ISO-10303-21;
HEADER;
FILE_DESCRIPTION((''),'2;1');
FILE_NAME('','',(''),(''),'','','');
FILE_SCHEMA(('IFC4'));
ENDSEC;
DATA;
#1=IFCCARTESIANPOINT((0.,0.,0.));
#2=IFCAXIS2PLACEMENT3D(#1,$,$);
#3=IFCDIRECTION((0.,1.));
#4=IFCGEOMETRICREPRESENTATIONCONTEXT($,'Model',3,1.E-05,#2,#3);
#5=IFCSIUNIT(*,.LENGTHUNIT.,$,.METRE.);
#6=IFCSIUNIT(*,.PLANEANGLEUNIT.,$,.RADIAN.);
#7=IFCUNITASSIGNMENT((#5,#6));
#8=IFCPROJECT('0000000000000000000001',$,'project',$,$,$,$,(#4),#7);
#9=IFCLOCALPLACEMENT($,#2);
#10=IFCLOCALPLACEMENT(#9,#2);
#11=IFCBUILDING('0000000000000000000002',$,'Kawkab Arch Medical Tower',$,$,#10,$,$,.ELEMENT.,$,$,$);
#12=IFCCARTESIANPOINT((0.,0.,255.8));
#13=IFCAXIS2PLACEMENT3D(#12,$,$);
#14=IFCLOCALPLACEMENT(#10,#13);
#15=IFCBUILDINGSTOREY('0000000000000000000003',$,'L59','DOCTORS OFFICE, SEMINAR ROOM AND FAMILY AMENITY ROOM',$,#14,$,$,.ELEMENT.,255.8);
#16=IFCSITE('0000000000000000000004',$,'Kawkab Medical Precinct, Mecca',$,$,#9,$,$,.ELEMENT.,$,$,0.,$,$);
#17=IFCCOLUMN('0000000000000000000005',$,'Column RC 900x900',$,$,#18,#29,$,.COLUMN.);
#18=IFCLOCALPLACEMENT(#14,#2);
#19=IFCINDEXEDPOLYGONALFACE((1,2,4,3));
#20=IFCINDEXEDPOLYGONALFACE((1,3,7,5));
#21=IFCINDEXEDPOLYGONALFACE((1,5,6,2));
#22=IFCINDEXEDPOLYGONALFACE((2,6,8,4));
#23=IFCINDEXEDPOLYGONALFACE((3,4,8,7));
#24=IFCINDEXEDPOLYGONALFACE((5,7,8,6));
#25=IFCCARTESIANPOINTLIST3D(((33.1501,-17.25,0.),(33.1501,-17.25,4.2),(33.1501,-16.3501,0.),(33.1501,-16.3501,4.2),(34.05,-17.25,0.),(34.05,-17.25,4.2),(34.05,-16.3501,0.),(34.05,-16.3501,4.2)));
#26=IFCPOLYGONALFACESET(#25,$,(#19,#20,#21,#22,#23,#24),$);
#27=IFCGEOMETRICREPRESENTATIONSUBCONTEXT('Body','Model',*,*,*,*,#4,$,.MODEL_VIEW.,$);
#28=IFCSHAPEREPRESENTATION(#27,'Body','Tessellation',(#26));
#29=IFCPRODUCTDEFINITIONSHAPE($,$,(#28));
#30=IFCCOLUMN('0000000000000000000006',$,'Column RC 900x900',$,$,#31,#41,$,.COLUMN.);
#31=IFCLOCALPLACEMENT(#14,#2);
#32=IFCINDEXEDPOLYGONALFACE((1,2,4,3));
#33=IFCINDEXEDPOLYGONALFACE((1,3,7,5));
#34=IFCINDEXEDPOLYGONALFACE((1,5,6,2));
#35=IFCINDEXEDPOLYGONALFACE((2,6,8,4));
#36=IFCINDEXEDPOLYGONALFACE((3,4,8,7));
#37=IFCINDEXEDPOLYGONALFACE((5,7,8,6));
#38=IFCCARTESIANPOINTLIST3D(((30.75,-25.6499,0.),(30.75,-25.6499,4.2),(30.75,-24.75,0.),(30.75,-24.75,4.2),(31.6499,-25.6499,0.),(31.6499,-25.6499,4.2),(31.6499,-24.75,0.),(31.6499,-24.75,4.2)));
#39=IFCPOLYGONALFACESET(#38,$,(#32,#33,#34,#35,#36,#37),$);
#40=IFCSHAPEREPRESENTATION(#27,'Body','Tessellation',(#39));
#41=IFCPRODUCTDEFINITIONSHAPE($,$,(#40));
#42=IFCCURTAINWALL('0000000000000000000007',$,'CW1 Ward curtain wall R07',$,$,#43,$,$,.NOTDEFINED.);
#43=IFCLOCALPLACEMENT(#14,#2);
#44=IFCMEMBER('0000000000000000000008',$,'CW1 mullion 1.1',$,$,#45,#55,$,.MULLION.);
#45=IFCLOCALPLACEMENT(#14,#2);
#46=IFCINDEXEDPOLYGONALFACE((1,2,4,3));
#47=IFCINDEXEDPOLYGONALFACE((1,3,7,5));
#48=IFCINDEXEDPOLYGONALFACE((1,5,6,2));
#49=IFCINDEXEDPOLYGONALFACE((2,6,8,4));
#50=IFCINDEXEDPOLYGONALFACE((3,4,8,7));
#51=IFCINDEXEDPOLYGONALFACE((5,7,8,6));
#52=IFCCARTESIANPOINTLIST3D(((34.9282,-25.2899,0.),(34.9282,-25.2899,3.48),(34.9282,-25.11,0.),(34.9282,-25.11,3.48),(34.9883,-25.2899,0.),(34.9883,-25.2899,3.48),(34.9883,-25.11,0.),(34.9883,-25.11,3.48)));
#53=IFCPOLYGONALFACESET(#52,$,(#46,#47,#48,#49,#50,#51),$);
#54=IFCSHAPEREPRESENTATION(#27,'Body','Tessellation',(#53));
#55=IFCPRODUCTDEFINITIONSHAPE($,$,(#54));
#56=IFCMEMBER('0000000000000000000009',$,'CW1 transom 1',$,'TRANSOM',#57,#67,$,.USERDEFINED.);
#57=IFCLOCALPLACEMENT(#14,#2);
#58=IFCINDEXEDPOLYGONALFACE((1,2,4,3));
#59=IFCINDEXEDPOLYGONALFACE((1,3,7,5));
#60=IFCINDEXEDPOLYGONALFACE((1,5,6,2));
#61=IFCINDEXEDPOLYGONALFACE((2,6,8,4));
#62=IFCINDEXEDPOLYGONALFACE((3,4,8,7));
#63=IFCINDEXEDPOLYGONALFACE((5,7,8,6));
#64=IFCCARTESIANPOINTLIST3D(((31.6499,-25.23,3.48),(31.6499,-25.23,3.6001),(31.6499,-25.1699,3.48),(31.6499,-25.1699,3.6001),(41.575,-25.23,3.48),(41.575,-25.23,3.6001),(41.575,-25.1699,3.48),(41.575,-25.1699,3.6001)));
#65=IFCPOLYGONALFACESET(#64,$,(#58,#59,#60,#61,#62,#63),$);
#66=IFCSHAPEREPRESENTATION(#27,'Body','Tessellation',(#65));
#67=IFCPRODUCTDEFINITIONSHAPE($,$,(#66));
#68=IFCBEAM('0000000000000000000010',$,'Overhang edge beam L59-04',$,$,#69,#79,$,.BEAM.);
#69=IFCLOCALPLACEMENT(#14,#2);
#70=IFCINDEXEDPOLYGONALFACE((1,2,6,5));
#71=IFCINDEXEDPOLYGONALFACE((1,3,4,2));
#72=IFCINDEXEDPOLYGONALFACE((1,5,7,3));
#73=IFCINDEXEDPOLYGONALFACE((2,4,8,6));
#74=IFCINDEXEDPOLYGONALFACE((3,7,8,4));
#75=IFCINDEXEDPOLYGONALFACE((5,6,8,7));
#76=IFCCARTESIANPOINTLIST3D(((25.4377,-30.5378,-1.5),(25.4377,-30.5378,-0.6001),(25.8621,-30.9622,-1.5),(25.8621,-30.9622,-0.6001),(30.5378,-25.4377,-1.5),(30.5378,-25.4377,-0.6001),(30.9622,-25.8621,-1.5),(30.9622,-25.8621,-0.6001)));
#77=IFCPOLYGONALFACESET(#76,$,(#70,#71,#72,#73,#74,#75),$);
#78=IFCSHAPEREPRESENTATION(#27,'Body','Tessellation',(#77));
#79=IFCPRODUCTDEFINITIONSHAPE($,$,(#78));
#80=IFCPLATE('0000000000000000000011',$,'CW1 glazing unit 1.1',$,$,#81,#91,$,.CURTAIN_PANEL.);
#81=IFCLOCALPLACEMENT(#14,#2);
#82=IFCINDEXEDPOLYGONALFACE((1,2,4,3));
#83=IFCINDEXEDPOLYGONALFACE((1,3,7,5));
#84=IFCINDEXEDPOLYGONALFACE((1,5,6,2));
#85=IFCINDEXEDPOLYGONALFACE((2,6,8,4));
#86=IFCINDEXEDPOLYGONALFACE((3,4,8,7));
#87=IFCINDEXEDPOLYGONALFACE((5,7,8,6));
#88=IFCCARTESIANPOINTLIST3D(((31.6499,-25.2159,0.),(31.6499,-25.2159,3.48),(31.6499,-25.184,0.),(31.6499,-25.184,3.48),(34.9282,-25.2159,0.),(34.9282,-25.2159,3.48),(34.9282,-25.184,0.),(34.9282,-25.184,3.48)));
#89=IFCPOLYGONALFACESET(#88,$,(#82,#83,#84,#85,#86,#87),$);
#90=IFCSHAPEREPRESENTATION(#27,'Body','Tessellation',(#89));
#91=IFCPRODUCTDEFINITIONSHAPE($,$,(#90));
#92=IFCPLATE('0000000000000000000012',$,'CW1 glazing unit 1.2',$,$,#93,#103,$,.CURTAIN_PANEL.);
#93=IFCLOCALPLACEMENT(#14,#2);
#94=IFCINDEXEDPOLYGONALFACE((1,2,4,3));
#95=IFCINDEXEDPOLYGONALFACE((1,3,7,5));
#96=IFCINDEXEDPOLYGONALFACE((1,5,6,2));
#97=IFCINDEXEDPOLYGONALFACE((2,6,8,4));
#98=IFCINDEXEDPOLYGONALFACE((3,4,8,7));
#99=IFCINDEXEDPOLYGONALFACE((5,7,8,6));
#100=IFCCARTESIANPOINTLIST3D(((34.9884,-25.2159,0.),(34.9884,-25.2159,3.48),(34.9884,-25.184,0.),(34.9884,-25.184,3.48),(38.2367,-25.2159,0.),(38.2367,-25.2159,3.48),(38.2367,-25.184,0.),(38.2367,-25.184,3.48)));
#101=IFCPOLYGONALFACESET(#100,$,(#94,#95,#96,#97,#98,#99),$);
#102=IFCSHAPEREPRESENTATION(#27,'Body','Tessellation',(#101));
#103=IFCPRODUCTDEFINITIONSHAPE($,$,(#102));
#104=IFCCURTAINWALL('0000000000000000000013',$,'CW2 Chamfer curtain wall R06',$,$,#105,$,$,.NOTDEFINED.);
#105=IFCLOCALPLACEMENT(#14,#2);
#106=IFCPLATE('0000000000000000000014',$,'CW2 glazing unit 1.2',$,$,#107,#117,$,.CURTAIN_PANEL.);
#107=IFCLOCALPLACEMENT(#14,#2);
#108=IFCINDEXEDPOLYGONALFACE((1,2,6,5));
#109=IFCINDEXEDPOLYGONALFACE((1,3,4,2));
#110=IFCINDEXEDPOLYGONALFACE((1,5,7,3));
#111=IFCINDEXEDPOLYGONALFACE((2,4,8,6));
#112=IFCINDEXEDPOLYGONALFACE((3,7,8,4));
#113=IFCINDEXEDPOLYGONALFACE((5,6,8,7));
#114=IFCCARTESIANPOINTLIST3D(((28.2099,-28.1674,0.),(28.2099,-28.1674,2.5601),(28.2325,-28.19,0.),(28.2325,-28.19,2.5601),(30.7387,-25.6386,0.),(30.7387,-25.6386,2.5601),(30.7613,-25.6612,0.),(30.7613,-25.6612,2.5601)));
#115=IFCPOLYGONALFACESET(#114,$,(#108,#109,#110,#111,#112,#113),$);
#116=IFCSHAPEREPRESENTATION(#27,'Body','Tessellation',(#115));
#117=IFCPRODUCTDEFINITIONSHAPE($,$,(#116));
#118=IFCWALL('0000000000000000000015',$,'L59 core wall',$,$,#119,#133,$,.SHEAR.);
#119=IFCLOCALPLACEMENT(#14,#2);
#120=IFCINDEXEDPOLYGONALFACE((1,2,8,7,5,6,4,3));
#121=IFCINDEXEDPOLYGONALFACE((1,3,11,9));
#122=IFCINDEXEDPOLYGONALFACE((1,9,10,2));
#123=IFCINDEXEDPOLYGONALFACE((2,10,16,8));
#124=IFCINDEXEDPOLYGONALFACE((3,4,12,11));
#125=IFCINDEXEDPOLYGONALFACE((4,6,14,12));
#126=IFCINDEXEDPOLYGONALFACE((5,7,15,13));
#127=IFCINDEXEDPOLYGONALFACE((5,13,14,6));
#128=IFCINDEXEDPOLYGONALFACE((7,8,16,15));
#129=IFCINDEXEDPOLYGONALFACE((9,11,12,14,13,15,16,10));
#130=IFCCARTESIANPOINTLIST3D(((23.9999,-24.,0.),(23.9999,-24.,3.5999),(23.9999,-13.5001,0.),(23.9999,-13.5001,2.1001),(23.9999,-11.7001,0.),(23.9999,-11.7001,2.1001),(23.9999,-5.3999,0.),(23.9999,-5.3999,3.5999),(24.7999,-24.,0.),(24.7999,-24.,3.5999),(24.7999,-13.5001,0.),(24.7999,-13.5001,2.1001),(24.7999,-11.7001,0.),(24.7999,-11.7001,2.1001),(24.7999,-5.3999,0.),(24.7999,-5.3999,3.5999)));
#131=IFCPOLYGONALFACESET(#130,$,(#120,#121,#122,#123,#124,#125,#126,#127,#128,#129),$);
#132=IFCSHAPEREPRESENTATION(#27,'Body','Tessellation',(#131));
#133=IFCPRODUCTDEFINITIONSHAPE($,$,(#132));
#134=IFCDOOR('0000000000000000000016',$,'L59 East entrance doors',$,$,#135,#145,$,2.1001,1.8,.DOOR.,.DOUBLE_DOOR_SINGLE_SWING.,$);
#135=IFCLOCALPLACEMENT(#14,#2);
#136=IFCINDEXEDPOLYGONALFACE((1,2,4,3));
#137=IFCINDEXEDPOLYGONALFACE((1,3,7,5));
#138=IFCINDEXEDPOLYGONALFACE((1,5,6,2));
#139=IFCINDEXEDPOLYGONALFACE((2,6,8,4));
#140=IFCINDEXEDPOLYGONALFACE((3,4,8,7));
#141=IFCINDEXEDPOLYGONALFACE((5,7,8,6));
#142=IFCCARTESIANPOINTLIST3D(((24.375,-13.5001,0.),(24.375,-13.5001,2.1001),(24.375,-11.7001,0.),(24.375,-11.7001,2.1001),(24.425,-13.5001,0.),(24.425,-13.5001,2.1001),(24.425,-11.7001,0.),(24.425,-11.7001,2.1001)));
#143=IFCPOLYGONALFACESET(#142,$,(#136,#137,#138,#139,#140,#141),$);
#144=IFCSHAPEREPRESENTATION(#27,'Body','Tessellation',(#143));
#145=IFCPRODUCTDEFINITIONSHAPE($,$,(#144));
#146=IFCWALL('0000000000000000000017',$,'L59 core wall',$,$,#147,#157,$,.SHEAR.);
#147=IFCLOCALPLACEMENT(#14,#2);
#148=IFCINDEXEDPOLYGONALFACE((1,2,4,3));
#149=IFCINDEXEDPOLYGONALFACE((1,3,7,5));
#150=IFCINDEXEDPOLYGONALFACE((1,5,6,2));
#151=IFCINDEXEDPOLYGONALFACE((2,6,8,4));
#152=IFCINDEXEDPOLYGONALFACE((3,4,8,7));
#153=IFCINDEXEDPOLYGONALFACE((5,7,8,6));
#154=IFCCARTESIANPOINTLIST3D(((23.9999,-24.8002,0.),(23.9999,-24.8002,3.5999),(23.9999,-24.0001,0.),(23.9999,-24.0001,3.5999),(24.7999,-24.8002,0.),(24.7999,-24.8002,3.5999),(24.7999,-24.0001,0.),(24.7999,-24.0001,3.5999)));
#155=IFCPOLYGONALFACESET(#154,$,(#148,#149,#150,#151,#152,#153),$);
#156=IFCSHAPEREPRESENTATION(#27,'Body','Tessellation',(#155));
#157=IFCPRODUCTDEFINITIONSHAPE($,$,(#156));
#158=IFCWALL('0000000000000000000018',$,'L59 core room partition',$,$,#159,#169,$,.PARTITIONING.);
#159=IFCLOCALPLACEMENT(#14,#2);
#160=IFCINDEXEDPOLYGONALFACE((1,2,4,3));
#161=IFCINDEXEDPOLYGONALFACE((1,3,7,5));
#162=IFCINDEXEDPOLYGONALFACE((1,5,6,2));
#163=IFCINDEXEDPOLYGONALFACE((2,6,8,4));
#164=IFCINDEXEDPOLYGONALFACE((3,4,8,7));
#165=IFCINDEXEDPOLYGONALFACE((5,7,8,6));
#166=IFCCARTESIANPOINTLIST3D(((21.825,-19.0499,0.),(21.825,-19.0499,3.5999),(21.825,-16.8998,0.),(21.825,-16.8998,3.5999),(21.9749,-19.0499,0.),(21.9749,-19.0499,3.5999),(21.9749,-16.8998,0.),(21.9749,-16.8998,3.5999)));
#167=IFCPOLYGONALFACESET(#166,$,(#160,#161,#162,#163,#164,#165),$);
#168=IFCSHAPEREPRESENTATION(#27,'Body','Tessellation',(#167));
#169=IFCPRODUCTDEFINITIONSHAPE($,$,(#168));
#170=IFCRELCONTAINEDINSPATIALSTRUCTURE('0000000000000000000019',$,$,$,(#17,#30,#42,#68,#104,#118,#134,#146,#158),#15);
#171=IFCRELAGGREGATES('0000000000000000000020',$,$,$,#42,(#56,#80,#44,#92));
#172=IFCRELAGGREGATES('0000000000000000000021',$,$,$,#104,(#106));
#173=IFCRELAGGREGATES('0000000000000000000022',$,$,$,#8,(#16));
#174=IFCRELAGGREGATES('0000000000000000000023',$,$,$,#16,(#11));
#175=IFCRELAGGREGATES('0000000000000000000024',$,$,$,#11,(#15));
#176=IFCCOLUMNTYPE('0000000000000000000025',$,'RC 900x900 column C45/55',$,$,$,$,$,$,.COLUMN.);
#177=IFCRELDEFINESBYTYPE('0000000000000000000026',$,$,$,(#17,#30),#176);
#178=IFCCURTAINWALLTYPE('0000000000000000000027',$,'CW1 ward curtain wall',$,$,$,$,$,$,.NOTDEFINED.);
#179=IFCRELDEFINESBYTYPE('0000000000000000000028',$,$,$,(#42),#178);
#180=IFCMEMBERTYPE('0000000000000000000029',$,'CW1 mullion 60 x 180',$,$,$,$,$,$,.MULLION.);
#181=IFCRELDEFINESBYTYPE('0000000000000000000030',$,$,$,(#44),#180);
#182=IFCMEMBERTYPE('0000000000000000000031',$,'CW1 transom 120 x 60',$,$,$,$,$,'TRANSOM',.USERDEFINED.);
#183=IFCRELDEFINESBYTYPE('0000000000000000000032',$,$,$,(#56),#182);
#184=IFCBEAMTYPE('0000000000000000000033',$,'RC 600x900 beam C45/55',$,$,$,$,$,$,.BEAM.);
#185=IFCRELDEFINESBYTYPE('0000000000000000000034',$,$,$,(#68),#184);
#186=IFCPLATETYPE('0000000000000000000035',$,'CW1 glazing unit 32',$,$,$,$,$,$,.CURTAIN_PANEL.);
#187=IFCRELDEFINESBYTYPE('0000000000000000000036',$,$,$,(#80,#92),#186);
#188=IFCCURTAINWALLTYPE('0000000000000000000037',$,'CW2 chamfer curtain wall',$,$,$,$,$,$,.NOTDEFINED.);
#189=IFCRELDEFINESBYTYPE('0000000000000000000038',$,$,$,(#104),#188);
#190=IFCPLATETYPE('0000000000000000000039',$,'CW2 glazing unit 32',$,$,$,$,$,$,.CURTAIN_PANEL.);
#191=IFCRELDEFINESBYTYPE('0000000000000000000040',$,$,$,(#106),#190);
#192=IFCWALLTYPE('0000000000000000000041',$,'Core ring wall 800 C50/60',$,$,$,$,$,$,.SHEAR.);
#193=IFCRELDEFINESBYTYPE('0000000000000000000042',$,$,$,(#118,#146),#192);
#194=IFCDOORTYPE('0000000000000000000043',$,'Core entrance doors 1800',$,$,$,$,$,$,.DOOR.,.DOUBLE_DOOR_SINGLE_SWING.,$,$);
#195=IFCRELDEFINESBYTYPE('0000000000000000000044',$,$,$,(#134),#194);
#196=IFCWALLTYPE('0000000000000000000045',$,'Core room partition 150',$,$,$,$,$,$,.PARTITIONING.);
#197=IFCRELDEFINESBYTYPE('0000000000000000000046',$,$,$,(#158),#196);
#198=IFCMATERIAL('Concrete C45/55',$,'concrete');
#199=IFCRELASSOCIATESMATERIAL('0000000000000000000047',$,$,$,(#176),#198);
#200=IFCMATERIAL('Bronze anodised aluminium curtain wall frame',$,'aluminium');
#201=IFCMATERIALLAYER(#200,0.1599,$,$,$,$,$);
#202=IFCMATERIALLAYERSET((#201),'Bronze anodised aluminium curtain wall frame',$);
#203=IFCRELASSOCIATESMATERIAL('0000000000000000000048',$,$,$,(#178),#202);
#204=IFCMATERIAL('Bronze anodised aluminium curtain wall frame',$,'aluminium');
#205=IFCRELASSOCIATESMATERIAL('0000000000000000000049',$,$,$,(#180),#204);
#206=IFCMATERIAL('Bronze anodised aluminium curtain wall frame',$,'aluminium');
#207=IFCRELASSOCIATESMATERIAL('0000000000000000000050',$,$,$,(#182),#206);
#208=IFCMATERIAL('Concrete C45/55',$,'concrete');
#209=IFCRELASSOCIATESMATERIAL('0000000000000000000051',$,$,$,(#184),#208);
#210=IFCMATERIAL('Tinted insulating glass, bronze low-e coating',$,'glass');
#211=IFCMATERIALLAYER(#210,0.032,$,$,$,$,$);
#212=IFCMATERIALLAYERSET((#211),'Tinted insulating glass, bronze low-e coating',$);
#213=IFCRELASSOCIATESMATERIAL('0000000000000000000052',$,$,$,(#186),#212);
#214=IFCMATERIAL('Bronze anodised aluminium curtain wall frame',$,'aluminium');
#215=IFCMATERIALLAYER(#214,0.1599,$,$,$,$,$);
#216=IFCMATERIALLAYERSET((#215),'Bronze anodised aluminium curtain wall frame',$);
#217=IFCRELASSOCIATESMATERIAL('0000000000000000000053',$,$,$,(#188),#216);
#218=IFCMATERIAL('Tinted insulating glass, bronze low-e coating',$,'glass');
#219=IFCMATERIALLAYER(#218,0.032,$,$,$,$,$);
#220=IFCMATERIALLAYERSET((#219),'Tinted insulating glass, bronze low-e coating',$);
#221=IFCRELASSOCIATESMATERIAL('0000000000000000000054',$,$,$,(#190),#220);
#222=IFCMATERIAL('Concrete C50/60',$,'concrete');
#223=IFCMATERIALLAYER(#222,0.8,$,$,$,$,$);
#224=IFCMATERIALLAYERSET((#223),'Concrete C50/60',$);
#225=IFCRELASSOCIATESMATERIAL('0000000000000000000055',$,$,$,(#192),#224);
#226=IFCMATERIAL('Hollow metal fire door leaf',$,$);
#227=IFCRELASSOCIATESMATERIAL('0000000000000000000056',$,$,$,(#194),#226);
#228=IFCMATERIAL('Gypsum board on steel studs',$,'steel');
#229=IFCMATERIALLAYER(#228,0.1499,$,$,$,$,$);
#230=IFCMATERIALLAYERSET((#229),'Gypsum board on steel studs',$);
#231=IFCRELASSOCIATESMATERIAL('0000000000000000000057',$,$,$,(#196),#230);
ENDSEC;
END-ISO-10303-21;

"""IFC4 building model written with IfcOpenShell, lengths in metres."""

from ifc_helpers import new_model, si_unit, direction, frame, frame_2d, origin, origin_2d, place, context, subcontext, project, spatial, rectangle, extrude, material, layer, layer_set, material_profile, profile_set, type_object, element, fill, aggregate, save


model = new_model("IFC4")

# Units and contexts
model_context = context("Model", 3, precision=1e-05, world=origin(), true_north=direction((0.0, 1.0)))
body_context = subcontext(model_context, "Body", "Model", "MODEL_VIEW")
ifc_project = project(units=[si_unit("LENGTHUNIT", "METRE"), si_unit("PLANEANGLEUNIT", "RADIAN")], contexts=[model_context])

# Site, building, storey
site_placement = place(None, origin())
site = spatial("IfcSite", under=ifc_project, at=site_placement, Name="Kawkab Medical Precinct, Mecca", CompositionType="ELEMENT", RefElevation=0.0)
building_placement = place(site_placement, origin())
building = spatial("IfcBuilding", under=site, at=building_placement, Name="Kawkab Arch Medical Tower", CompositionType="ELEMENT")
storey_placement = place(building_placement, frame((0.0, 0.0, 255.8)))
storey = spatial("IfcBuildingStorey", under=building, at=storey_placement, Name="L59", Description="DOCTORS OFFICE, SEMINAR ROOM AND FAMILY AMENITY ROOM", CompositionType="ELEMENT", Elevation=255.8)

# Columns
ifc_material_1 = material(Name="Concrete C45/55", Category="concrete")
ifc_material_profile_1 = material_profile(ifc_material_1, rectangle(XDim=0.8999, YDim=0.8999, at=origin_2d()), Name="RC 900x900")
ifc_profile_set_1 = profile_set([ifc_material_profile_1], Name="Concrete C45/55")
column_type = type_object("IfcColumnType", Name="RC 900x900 column C45/55", PredefinedType="COLUMN", material=ifc_profile_set_1)
for number, where, z_axis, x_axis, name in (
    (1, (33.6001, -16.8, 0.0), (0.0, 0.0, 1.0), (1.0, 0.0, 0.0), "Column RC 900x900"),
    (2, (31.2, -25.2, 0.0), (0.0, 0.0, 1.0), (1.0, 0.0, 0.0), "Column RC 900x900"),
):
    element("IfcColumn", number, at=place(storey_placement, frame(where, z_axis=z_axis, x_axis=x_axis)), inside=storey, type_object=column_type, Name=name, PredefinedType="COLUMN", context=body_context, shape_type="SweptSolid", body=[
        extrude(rectangle(XDim=0.8999, YDim=0.8999, at=origin_2d()), origin(), (0.0, 0.0, 1.0), 4.2),
    ])

# Curtain wall, members
ifc_material_2 = material(Name="Bronze anodised aluminium curtain wall frame", Category="aluminium")
ifc_layer_1 = layer(ifc_material_2, 0.1599)
ifc_layer_set_1 = layer_set([ifc_layer_1], Name="Bronze anodised aluminium curtain wall frame")
curtain_wall_type_1 = type_object("IfcCurtainWallType", Name="CW1 ward curtain wall", PredefinedType="NOTDEFINED", material=ifc_layer_set_1)
placement = place(storey_placement, origin())
curtain_wall_1 = element("IfcCurtainWall", 3, at=placement, inside=storey, type_object=curtain_wall_type_1, Name="CW1 Ward curtain wall R07", PredefinedType="NOTDEFINED")
ifc_material_3 = material(Name="Bronze anodised aluminium curtain wall frame", Category="aluminium")
ifc_material_profile_2 = material_profile(ifc_material_3, rectangle(XDim=0.1799, YDim=0.0601, at=origin_2d()), Name="AL 60x180")
ifc_profile_set_2 = profile_set([ifc_material_profile_2], Name="Bronze anodised aluminium curtain wall frame")
member_type_1 = type_object("IfcMemberType", Name="CW1 mullion 60 x 180", PredefinedType="MULLION", material=ifc_profile_set_2)
member_1_placement = place(storey_placement, frame((34.9583, -25.2, 0.0), z_axis=(0.0, 0.0, 1.0), x_axis=(0.0, 1.0, 0.0)))
member_1 = element("IfcMember", 4, at=member_1_placement, type_object=member_type_1, Name="CW1 mullion 1.1", PredefinedType="MULLION", context=body_context, shape_type="SweptSolid", body=[
    extrude(rectangle(XDim=0.1799, YDim=0.0601, at=origin_2d()), origin(), (0.0, 0.0, 1.0), 3.48),
])
ifc_material_4 = material(Name="Bronze anodised aluminium curtain wall frame", Category="aluminium")
ifc_material_profile_3 = material_profile(ifc_material_4, rectangle(XDim=0.0601, YDim=0.1201, at=origin_2d()), Name="AL 60x120")
ifc_profile_set_3 = profile_set([ifc_material_profile_3], Name="Bronze anodised aluminium curtain wall frame")
member_type_2 = type_object("IfcMemberType", Name="CW1 transom 120 x 60", ElementType="TRANSOM", PredefinedType="USERDEFINED", material=ifc_profile_set_3)
member_2_placement = place(storey_placement, frame((31.6499, -25.2, 3.54), z_axis=(1.0, 0.0, 0.0), x_axis=(0.0, 1.0, 0.0)))
member_2 = element("IfcMember", 5, at=member_2_placement, type_object=member_type_2, Name="CW1 transom 1", ObjectType="TRANSOM", PredefinedType="USERDEFINED", context=body_context, shape_type="SweptSolid", body=[
    extrude(rectangle(XDim=0.0601, YDim=0.1201, at=origin_2d()), origin(), (0.0, 0.0, 1.0), 9.925),
])

# Beam
ifc_material_5 = material(Name="Concrete C45/55", Category="concrete")
ifc_material_profile_4 = material_profile(ifc_material_5, rectangle(XDim=0.6001, YDim=0.8999, at=origin_2d()), Name="RC 600x900")
ifc_profile_set_4 = profile_set([ifc_material_profile_4], Name="Concrete C45/55")
beam_type = type_object("IfcBeamType", Name="RC 600x900 beam C45/55", PredefinedType="BEAM", material=ifc_profile_set_4)
beam_placement = place(storey_placement, frame((30.75, -25.6499, -1.05), z_axis=(-0.707107, -0.707107, 0.0), x_axis=(0.707107, -0.707107, 0.0)))
element("IfcBeam", 6, at=beam_placement, inside=storey, type_object=beam_type, Name="Overhang edge beam L59-04", PredefinedType="BEAM", context=body_context, shape_type="SweptSolid", body=[
    extrude(rectangle(XDim=0.6001, YDim=0.8999, at=origin_2d()), origin(), (0.0, 0.0, 1.0), 7.2126),
])

# Plates
ifc_material_6 = material(Name="Tinted insulating glass, bronze low-e coating", Category="glass")
ifc_layer_2 = layer(ifc_material_6, 0.032)
ifc_layer_set_2 = layer_set([ifc_layer_2], Name="Tinted insulating glass, bronze low-e coating")
plate_type_1 = type_object("IfcPlateType", Name="CW1 glazing unit 32", PredefinedType="CURTAIN_PANEL", material=ifc_layer_set_2)
plate_1_placement = place(storey_placement, frame((33.2891, -25.2, 0.0), z_axis=(0.0, 0.0, 1.0), x_axis=(1.0, 0.0, 0.0)))
plate_1 = element("IfcPlate", 7, at=plate_1_placement, type_object=plate_type_1, Name="CW1 glazing unit 1.1", PredefinedType="CURTAIN_PANEL", context=body_context, shape_type="SweptSolid", body=[
    extrude(rectangle(XDim=3.2783, YDim=0.032, at=origin_2d()), origin(), (0.0, 0.0, 1.0), 3.48),
])
plate_2_placement = place(storey_placement, frame((36.6125, -25.2, 0.0), z_axis=(0.0, 0.0, 1.0), x_axis=(1.0, 0.0, 0.0)))
plate_2 = element("IfcPlate", 8, at=plate_2_placement, type_object=plate_type_1, Name="CW1 glazing unit 1.2", PredefinedType="CURTAIN_PANEL", context=body_context, shape_type="SweptSolid", body=[
    extrude(rectangle(XDim=3.2483, YDim=0.032, at=origin_2d()), origin(), (0.0, 0.0, 1.0), 3.48),
])
aggregate(curtain_wall_1, [member_2, plate_1, member_1, plate_2])

# Curtain wall, plate
ifc_material_7 = material(Name="Bronze anodised aluminium curtain wall frame", Category="aluminium")
ifc_layer_3 = layer(ifc_material_7, 0.1599)
ifc_layer_set_3 = layer_set([ifc_layer_3], Name="Bronze anodised aluminium curtain wall frame")
curtain_wall_type_2 = type_object("IfcCurtainWallType", Name="CW2 chamfer curtain wall", PredefinedType="NOTDEFINED", material=ifc_layer_set_3)
curtain_wall_2 = element("IfcCurtainWall", 9, at=placement, inside=storey, type_object=curtain_wall_type_2, Name="CW2 Chamfer curtain wall R06", PredefinedType="NOTDEFINED")
ifc_material_8 = material(Name="Tinted insulating glass, bronze low-e coating", Category="glass")
ifc_layer_4 = layer(ifc_material_8, 0.032)
ifc_layer_set_4 = layer_set([ifc_layer_4], Name="Tinted insulating glass, bronze low-e coating")
plate_type_2 = type_object("IfcPlateType", Name="CW2 glazing unit 32", PredefinedType="CURTAIN_PANEL", material=ifc_layer_set_4)
plate_3_placement = place(storey_placement, frame((29.4856, -26.9143, 0.0), z_axis=(0.0, 0.0, 1.0), x_axis=(0.707107, 0.707107, 0.0)))
plate_3 = element("IfcPlate", 10, at=plate_3_placement, type_object=plate_type_2, Name="CW2 glazing unit 1.2", PredefinedType="CURTAIN_PANEL", context=body_context, shape_type="SweptSolid", body=[
    extrude(rectangle(XDim=3.5762, YDim=0.032, at=origin_2d()), origin(), (0.0, 0.0, 1.0), 2.5601),
])
aggregate(curtain_wall_2, [plate_3])

# Wall, opening, door
ifc_material_9 = material(Name="Concrete C50/60", Category="concrete")
ifc_layer_5 = layer(ifc_material_9, 0.8)
ifc_layer_set_5 = layer_set([ifc_layer_5], Name="Concrete C50/60")
wall_type_1 = type_object("IfcWallType", Name="Core ring wall 800 C50/60", PredefinedType="SHEAR", material=ifc_layer_set_5)
wall_1_placement = place(storey_placement, frame((24.3999, -24.0, 0.0), z_axis=(0.0, 0.0, 1.0), x_axis=(0.0, 1.0, 0.0)))
wall_1 = element("IfcWall", 11, at=wall_1_placement, inside=storey, type_object=wall_type_1, Name="L59 core wall", PredefinedType="SHEAR", context=body_context, shape_type="SweptSolid", body=[
    extrude(rectangle(XDim=18.6001, YDim=0.8, at=frame_2d((9.3, 0.0))), origin(), (0.0, 0.0, 1.0), 3.5999),
])
opening_1_placement = place(wall_1_placement, frame((10.5, 0.0, 0.0)))
opening_1 = element("IfcOpeningElement", 12, at=opening_1_placement, cuts=wall_1, PredefinedType="OPENING", context=body_context, shape_type="SweptSolid", body=[
    extrude(rectangle(XDim=1.8, YDim=2.1001, at=frame_2d((0.8999, 1.05))), frame((0.0, 0.4099, 0.0), z_axis=(0.0, -1.0, 0.0), x_axis=(1.0, 0.0, 0.0)), (0.0, 0.0, 1.0), 0.8201),
])
ifc_material_10 = material(Name="Hollow metal fire door leaf")
door_type_1 = type_object("IfcDoorType", Name="Core entrance doors 1800", OperationType="DOUBLE_DOOR_SINGLE_SWING", PredefinedType="DOOR", material=ifc_material_10)
door_1_placement = place(opening_1_placement, origin())
door_1 = element("IfcDoor", 13, at=door_1_placement, inside=storey, type_object=door_type_1, Name="L59 East entrance doors", OperationType="DOUBLE_DOOR_SINGLE_SWING", OverallHeight=2.1001, OverallWidth=1.8, PredefinedType="DOOR", context=body_context, shape_type="SweptSolid", body=[
    extrude(rectangle(XDim=1.8, YDim=2.1001, at=frame_2d((0.8999, 1.05))), frame((0.0, 0.0249, 0.0), z_axis=(0.0, -1.0, 0.0), x_axis=(1.0, 0.0, 0.0)), (0.0, 0.0, 1.0), 0.05),
])
fill(opening_1, door_1)

# Walls
wall_2_placement = place(storey_placement, frame((24.3999, -24.8, 0.0), z_axis=(0.0, 0.0, 1.0), x_axis=(0.0, 1.0, 0.0)))
element("IfcWall", 14, at=wall_2_placement, inside=storey, type_object=wall_type_1, Name="L59 core wall", PredefinedType="SHEAR", context=body_context, shape_type="SweptSolid", body=[
    extrude(rectangle(XDim=0.8, YDim=0.8, at=frame_2d((0.3999, 0.0))), origin(), (0.0, 0.0, 1.0), 3.5999),
])
ifc_material_11 = material(Name="Gypsum board on steel studs", Category="steel")
ifc_layer_6 = layer(ifc_material_11, 0.1499)
ifc_layer_set_6 = layer_set([ifc_layer_6], Name="Gypsum board on steel studs")
wall_type_2 = type_object("IfcWallType", Name="Core room partition 150", PredefinedType="PARTITIONING", material=ifc_layer_set_6)
wall_3_placement = place(storey_placement, frame((21.8999, -19.05, 0.0), z_axis=(0.0, 0.0, 1.0), x_axis=(0.0, 1.0, 0.0)))
element("IfcWall", 15, at=wall_3_placement, inside=storey, type_object=wall_type_2, Name="L59 core room partition", PredefinedType="PARTITIONING", context=body_context, shape_type="SweptSolid", body=[
    extrude(rectangle(XDim=2.1501, YDim=0.1499, at=frame_2d((1.0752, 0.0))), origin(), (0.0, 0.0, 1.0), 3.5999),
])

save(model, "model.ifc")
